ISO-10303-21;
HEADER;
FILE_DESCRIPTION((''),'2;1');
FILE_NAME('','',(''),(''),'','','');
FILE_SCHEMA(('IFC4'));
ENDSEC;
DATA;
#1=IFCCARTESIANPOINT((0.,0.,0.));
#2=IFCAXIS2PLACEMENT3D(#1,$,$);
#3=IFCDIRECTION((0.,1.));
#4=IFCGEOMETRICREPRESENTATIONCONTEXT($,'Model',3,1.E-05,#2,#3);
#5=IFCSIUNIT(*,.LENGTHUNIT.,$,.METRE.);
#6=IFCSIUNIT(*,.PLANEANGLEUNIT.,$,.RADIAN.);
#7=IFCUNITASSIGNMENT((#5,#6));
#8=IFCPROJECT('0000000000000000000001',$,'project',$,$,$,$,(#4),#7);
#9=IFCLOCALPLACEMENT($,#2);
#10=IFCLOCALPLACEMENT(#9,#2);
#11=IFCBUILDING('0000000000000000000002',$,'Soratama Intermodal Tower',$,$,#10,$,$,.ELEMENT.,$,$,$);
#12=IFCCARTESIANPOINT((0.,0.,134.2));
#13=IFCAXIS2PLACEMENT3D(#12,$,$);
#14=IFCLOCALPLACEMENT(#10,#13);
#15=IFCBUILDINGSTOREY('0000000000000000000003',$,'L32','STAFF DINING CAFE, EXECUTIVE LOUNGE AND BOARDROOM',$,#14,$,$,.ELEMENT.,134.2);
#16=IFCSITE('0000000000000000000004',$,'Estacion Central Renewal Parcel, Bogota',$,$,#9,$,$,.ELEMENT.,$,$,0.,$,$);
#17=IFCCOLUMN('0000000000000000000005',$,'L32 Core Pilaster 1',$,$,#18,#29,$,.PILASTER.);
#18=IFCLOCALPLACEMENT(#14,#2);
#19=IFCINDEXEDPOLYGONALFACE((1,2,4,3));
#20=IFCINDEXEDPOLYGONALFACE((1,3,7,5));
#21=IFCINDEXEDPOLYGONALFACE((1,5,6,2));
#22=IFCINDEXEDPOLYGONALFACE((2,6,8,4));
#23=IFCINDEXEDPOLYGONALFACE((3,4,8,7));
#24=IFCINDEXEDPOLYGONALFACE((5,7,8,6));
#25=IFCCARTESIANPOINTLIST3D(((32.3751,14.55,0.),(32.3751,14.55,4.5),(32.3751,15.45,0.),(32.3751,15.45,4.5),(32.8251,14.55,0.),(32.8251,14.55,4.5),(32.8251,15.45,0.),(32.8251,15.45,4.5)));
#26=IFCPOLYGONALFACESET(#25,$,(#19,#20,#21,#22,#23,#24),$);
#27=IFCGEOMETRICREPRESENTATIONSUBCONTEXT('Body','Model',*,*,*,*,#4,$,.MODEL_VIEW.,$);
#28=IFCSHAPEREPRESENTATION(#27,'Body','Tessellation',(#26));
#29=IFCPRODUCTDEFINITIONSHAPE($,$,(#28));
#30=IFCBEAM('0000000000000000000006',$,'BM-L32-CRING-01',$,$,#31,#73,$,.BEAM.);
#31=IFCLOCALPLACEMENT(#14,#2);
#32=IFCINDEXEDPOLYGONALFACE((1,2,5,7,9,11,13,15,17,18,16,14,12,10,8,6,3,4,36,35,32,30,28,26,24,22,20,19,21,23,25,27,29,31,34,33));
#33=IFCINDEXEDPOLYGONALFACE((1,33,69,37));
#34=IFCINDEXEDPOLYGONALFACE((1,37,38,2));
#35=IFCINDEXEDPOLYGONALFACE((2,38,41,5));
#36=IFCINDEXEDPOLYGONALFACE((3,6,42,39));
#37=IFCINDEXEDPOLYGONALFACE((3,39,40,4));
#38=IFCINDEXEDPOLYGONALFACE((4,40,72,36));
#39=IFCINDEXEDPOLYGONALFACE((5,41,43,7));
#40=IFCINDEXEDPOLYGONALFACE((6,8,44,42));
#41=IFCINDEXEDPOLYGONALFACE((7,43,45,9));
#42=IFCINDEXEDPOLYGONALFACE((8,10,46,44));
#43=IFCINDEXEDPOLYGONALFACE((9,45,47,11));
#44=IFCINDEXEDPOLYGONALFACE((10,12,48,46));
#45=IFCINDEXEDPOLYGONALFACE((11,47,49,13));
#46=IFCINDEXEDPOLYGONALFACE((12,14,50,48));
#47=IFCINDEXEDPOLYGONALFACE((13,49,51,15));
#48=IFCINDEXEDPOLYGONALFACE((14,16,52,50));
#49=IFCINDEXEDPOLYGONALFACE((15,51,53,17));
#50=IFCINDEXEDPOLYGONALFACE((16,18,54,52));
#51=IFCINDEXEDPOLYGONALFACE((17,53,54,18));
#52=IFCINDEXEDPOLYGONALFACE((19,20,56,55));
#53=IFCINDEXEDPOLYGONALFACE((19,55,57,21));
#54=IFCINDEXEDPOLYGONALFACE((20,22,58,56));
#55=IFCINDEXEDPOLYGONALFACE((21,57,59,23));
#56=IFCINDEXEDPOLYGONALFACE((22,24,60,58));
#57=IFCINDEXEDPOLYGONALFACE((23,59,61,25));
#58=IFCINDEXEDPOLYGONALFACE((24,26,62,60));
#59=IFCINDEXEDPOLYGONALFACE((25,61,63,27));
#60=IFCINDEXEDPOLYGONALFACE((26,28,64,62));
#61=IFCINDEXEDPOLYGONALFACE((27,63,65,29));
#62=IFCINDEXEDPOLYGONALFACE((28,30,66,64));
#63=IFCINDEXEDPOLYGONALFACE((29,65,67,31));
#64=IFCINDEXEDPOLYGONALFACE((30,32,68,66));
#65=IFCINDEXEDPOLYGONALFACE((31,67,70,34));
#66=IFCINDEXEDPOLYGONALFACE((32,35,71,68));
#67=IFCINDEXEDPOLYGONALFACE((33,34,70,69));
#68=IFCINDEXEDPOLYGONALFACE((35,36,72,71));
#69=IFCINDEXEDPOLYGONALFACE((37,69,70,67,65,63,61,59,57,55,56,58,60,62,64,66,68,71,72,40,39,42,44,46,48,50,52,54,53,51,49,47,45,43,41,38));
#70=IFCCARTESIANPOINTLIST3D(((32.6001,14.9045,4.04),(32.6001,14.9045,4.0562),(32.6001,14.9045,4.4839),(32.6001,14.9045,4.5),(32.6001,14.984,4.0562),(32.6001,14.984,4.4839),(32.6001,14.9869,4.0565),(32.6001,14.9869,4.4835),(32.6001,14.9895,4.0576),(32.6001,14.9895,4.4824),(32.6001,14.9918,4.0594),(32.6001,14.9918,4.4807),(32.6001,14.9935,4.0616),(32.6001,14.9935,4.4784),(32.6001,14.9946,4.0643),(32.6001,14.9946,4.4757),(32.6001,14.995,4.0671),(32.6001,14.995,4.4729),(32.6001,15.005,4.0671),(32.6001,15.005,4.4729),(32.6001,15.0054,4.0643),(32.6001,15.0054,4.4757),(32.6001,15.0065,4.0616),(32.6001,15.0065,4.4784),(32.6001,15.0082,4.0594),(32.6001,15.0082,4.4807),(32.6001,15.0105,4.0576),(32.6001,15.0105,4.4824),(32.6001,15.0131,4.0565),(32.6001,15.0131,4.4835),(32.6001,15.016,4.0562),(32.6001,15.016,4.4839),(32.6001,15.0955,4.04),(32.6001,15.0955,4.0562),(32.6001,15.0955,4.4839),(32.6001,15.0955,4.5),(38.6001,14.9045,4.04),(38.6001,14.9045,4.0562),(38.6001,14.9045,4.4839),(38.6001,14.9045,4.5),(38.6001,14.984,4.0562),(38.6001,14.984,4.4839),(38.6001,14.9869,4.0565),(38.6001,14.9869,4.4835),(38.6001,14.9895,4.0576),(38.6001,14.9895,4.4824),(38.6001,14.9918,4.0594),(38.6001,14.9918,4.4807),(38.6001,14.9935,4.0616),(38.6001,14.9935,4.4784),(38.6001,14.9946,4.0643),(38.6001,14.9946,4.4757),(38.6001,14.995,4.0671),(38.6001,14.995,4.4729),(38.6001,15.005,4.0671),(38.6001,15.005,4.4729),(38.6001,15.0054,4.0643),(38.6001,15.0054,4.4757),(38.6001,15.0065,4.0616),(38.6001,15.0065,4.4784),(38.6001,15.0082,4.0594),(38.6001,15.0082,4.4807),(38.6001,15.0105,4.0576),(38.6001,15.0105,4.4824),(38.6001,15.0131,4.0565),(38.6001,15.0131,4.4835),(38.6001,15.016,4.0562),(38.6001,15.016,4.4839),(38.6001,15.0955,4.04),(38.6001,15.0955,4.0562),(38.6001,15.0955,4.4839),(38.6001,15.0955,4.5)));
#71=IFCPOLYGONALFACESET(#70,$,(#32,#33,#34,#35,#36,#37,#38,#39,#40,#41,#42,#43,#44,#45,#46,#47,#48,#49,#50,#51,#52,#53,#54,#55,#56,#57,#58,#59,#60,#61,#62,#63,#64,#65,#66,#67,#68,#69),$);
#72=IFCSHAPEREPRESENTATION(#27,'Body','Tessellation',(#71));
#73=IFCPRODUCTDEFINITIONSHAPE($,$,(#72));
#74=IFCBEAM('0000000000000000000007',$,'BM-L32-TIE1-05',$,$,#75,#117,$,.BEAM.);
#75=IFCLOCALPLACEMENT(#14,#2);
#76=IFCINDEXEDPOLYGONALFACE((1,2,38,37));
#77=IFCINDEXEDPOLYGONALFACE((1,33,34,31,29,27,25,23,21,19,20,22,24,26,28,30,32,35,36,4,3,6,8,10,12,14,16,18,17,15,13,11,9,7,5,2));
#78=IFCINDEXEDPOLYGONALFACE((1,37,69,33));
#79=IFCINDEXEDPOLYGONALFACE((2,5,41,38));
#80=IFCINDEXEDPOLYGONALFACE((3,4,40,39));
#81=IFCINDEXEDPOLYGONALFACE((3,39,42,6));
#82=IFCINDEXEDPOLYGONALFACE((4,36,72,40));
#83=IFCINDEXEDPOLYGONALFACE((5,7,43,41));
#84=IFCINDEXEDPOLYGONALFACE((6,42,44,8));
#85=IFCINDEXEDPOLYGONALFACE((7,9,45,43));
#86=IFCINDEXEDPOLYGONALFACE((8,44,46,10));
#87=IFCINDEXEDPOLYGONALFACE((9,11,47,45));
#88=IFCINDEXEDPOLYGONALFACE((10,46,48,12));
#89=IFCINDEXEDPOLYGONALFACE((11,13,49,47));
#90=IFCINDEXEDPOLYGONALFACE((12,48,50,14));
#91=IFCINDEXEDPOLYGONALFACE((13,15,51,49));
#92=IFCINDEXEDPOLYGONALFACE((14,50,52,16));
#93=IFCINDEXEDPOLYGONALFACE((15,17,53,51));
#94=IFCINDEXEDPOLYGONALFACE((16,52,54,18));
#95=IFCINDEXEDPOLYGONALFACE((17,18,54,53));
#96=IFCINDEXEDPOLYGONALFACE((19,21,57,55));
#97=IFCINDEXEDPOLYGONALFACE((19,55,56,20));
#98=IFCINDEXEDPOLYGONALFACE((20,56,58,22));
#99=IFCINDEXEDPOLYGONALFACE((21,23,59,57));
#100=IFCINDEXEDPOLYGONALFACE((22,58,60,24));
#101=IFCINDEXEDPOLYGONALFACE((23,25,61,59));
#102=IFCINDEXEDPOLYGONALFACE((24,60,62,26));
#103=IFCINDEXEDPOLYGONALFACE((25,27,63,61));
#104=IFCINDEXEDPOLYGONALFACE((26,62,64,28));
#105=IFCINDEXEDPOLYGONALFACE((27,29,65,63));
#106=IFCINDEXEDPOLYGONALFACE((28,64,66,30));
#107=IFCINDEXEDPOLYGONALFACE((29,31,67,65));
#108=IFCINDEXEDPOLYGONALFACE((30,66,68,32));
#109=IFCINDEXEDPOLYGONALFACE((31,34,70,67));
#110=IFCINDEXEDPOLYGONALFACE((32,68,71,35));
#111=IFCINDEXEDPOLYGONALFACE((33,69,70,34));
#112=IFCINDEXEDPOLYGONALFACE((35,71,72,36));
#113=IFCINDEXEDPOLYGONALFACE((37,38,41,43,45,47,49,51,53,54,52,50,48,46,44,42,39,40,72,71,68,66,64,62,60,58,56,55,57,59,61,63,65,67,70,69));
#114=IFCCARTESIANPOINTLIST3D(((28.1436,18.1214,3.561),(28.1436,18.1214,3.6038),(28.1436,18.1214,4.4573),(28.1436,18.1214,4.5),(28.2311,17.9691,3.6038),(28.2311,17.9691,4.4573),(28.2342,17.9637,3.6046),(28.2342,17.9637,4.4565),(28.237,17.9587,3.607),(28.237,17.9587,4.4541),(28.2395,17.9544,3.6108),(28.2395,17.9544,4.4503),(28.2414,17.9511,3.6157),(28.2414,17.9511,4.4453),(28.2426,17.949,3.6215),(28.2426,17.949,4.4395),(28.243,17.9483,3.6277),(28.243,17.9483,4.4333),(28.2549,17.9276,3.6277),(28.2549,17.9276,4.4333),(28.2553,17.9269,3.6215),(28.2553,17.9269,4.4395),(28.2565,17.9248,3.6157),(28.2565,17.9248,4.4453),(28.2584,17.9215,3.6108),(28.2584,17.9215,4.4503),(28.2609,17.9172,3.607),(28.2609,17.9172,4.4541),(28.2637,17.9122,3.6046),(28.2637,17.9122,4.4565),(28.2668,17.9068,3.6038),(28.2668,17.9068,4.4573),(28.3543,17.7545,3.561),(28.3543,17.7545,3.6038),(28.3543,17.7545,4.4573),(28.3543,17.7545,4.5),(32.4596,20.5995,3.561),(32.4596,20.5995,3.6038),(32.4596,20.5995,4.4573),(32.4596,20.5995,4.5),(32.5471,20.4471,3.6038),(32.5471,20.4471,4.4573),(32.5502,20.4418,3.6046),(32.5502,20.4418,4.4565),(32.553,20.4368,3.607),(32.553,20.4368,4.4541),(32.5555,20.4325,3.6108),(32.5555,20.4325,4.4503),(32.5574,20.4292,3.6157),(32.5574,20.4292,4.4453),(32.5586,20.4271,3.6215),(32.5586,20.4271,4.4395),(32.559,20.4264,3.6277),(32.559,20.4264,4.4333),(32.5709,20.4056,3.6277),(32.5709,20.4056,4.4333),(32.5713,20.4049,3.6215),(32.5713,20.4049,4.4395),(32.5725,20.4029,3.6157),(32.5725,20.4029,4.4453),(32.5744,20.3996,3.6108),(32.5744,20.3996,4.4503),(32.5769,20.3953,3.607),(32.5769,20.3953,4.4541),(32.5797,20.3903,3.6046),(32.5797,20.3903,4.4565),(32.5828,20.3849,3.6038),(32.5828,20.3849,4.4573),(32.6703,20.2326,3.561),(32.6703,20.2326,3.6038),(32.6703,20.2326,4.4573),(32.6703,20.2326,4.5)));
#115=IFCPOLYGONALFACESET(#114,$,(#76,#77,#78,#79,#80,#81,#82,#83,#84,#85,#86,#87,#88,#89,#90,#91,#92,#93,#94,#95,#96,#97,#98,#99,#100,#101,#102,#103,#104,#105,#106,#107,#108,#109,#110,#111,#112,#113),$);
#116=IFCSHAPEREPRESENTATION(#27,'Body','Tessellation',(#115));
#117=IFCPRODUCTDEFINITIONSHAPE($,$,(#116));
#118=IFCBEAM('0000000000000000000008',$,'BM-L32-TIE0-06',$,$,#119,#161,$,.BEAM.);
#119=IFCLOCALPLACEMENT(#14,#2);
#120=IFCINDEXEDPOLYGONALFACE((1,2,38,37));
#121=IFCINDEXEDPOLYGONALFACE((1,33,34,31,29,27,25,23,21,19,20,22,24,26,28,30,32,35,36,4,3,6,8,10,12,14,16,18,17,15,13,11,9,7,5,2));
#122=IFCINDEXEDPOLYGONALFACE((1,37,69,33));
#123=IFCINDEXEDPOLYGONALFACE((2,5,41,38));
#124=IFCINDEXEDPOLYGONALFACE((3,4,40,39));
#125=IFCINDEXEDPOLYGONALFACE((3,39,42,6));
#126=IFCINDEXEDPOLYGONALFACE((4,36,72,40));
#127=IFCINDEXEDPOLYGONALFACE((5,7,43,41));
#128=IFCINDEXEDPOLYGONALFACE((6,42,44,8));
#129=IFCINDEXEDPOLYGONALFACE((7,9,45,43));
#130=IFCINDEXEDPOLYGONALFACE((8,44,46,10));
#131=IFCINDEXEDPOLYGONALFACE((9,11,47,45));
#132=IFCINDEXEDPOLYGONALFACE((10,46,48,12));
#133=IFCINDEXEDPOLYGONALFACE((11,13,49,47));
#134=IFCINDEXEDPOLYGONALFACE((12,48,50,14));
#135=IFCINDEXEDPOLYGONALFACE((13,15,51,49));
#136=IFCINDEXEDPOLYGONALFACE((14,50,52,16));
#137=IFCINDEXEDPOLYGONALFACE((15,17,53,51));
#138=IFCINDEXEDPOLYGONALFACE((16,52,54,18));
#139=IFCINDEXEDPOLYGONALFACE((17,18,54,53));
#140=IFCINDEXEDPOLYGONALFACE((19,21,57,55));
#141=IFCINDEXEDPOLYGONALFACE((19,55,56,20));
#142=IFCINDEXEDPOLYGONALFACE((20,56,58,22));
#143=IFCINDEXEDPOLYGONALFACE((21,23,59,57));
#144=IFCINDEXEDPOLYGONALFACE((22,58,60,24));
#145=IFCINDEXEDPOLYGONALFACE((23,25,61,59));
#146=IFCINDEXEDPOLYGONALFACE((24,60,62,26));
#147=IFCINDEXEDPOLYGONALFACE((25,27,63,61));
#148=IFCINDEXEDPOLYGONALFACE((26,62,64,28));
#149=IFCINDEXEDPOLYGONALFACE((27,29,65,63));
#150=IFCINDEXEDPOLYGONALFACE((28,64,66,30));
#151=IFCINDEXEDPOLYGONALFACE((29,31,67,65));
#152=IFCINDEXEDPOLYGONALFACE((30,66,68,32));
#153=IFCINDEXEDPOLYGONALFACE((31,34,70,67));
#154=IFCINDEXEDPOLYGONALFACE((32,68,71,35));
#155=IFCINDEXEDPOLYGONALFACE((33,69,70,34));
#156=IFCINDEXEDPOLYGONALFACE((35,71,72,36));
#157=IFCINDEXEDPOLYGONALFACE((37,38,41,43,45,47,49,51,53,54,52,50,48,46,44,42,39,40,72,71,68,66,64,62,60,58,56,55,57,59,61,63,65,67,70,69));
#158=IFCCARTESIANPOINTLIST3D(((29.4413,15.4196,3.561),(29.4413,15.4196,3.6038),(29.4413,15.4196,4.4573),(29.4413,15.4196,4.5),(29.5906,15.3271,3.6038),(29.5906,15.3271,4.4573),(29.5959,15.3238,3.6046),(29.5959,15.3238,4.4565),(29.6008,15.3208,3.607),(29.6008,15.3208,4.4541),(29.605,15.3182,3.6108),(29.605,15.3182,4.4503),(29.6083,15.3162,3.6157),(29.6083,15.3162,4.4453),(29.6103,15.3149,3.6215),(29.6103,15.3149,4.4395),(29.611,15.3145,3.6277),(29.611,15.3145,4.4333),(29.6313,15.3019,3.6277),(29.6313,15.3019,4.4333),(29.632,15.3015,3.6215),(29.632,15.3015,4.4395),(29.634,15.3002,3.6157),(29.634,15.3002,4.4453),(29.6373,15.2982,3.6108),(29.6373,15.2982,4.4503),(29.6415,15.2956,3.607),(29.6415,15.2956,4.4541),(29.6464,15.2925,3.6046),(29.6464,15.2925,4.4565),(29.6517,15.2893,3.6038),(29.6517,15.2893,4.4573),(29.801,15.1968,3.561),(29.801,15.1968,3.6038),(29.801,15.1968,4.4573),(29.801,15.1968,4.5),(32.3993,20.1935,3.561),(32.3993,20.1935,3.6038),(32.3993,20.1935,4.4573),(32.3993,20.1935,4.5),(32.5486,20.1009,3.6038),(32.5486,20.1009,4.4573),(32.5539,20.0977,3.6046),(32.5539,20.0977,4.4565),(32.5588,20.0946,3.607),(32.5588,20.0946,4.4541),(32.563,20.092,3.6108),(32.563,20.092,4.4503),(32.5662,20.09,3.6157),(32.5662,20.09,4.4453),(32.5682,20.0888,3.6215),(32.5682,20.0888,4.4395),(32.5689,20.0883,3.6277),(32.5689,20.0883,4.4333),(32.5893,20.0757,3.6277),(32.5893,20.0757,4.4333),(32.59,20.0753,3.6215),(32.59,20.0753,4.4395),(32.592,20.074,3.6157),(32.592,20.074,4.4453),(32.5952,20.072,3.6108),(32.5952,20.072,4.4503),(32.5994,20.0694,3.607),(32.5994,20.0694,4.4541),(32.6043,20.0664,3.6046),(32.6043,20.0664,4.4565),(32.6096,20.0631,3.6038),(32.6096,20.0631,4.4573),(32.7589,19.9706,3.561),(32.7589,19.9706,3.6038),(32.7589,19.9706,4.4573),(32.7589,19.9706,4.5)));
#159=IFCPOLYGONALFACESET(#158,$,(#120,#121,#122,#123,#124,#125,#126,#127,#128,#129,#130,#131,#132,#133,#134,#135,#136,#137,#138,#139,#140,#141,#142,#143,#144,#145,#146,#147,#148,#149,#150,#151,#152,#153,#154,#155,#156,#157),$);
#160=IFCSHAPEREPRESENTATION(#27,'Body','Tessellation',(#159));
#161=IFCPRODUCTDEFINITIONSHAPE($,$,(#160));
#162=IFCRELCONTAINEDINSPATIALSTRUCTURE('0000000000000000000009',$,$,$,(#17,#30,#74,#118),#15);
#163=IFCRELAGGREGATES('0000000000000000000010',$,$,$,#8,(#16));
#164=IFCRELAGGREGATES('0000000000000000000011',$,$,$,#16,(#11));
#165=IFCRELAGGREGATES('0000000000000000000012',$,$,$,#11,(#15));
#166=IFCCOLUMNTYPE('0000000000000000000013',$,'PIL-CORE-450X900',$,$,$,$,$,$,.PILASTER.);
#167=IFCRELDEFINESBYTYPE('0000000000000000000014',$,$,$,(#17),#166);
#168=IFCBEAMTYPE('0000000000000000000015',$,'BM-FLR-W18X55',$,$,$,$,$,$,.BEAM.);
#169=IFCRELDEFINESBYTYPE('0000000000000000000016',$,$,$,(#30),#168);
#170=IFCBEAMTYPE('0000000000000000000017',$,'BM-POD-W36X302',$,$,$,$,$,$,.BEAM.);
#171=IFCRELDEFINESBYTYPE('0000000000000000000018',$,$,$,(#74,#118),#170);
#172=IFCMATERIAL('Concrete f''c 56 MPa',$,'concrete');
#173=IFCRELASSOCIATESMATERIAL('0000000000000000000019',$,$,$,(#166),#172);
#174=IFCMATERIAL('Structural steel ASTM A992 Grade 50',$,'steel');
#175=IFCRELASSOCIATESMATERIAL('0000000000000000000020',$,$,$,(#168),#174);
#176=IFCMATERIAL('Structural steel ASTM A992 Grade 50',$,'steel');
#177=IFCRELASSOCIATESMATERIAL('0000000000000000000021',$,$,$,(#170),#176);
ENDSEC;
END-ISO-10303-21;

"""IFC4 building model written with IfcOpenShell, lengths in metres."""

from ifc_helpers import new_model, si_unit, direction, frame, origin, origin_2d, place, context, subcontext, project, spatial, rectangle, i_section, extrude, material, material_profile, profile_set, type_object, element, save


model = new_model("IFC4")

# Units and contexts
model_context = context("Model", 3, precision=1e-05, world=origin(), true_north=direction((0.0, 1.0)))
body_context = subcontext(model_context, "Body", "Model", "MODEL_VIEW")
ifc_project = project(units=[si_unit("LENGTHUNIT", "METRE"), si_unit("PLANEANGLEUNIT", "RADIAN")], contexts=[model_context])

# Site, building, storey
site_placement = place(None, origin())
site = spatial("IfcSite", under=ifc_project, at=site_placement, Name="Estacion Central Renewal Parcel, Bogota", CompositionType="ELEMENT", RefElevation=0.0)
building_placement = place(site_placement, origin())
building = spatial("IfcBuilding", under=site, at=building_placement, Name="Soratama Intermodal Tower", CompositionType="ELEMENT")
storey_placement = place(building_placement, frame((0.0, 0.0, 134.2)))
storey = spatial("IfcBuildingStorey", under=building, at=storey_placement, Name="L32", Description="STAFF DINING CAFE, EXECUTIVE LOUNGE AND BOARDROOM", CompositionType="ELEMENT", Elevation=134.2)

# Column
ifc_material_1 = material(Name="Concrete f'c 56 MPa", Category="concrete")
ifc_material_profile_1 = material_profile(ifc_material_1, rectangle(XDim=0.45, YDim=0.8999, at=origin_2d()), Name="RC450X900")
ifc_profile_set_1 = profile_set([ifc_material_profile_1], Name="Concrete f'c 56 MPa")
column_type = type_object("IfcColumnType", Name="PIL-CORE-450X900", PredefinedType="PILASTER", material=ifc_profile_set_1)
column_placement = place(storey_placement, frame((32.6001, 15.0, 0.0), z_axis=(0.0, 0.0, 1.0), x_axis=(1.0, 0.0, 0.0)))
element("IfcColumn", 1, at=column_placement, inside=storey, type_object=column_type, Name="L32 Core Pilaster 1", PredefinedType="PILASTER", context=body_context, shape_type="SweptSolid", body=[
    extrude(rectangle(XDim=0.45, YDim=0.8999, at=origin_2d()), origin(), (0.0, 0.0, 1.0), 4.5),
])

# Beams
ifc_material_2 = material(Name="Structural steel ASTM A992 Grade 50", Category="steel")
ifc_material_profile_2 = material_profile(ifc_material_2, i_section(OverallWidth=0.1909, OverallDepth=0.46, WebThickness=0.01, FlangeThickness=0.0161, FilletRadius=0.011, at=origin_2d()), Name="W18X55")
ifc_profile_set_2 = profile_set([ifc_material_profile_2], Name="Structural steel ASTM A992 Grade 50")
beam_type_1 = type_object("IfcBeamType", Name="BM-FLR-W18X55", PredefinedType="BEAM", material=ifc_profile_set_2)
beam_1_placement = place(storey_placement, frame((32.6001, 15.0, 4.27), z_axis=(1.0, 0.0, 0.0), x_axis=(0.0, 1.0, 0.0)))
element("IfcBeam", 2, at=beam_1_placement, inside=storey, type_object=beam_type_1, Name="BM-L32-CRING-01", PredefinedType="BEAM", context=body_context, shape_type="SweptSolid", body=[
    extrude(i_section(OverallWidth=0.1909, OverallDepth=0.46, WebThickness=0.01, FlangeThickness=0.0161, FilletRadius=0.011, at=origin_2d()), origin(), (0.0, 0.0, 1.0), 6.0),
])
ifc_material_3 = material(Name="Structural steel ASTM A992 Grade 50", Category="steel")
ifc_material_profile_3 = material_profile(ifc_material_3, i_section(OverallWidth=0.4231, OverallDepth=0.939, WebThickness=0.0239, FlangeThickness=0.0427, FilletRadius=0.0239, at=origin_2d()), Name="W36X302")
ifc_profile_set_3 = profile_set([ifc_material_profile_3], Name="Structural steel ASTM A992 Grade 50")
beam_type_2 = type_object("IfcBeamType", Name="BM-POD-W36X302", PredefinedType="BEAM", material=ifc_profile_set_3)
beam_2_placement = place(storey_placement, frame((32.5649, 20.416, 4.0305), z_axis=(-0.867221, -0.497924, 0.0), x_axis=(0.497924, -0.867221, 0.0)))
element("IfcBeam", 3, at=beam_2_placement, inside=storey, type_object=beam_type_2, Name="BM-L32-TIE1-05", PredefinedType="BEAM", context=body_context, shape_type="SweptSolid", body=[
    extrude(i_section(OverallWidth=0.4231, OverallDepth=0.939, WebThickness=0.0239, FlangeThickness=0.0427, FilletRadius=0.0239, at=origin_2d()), origin(), (0.0, 0.0, 1.0), 4.9768),
])
beam_3_placement = place(storey_placement, frame((32.5791, 20.082, 4.0305), z_axis=(-0.526705, -0.850048, 0.0), x_axis=(0.850048, -0.526705, 0.0)))
element("IfcBeam", 4, at=beam_3_placement, inside=storey, type_object=beam_type_2, Name="BM-L32-TIE0-06", PredefinedType="BEAM", context=body_context, shape_type="SweptSolid", body=[
    extrude(i_section(OverallWidth=0.4231, OverallDepth=0.939, WebThickness=0.0239, FlangeThickness=0.0427, FilletRadius=0.0239, at=origin_2d()), origin(), (0.0, 0.0, 1.0), 5.616),
])

save(model, "model.ifc")
